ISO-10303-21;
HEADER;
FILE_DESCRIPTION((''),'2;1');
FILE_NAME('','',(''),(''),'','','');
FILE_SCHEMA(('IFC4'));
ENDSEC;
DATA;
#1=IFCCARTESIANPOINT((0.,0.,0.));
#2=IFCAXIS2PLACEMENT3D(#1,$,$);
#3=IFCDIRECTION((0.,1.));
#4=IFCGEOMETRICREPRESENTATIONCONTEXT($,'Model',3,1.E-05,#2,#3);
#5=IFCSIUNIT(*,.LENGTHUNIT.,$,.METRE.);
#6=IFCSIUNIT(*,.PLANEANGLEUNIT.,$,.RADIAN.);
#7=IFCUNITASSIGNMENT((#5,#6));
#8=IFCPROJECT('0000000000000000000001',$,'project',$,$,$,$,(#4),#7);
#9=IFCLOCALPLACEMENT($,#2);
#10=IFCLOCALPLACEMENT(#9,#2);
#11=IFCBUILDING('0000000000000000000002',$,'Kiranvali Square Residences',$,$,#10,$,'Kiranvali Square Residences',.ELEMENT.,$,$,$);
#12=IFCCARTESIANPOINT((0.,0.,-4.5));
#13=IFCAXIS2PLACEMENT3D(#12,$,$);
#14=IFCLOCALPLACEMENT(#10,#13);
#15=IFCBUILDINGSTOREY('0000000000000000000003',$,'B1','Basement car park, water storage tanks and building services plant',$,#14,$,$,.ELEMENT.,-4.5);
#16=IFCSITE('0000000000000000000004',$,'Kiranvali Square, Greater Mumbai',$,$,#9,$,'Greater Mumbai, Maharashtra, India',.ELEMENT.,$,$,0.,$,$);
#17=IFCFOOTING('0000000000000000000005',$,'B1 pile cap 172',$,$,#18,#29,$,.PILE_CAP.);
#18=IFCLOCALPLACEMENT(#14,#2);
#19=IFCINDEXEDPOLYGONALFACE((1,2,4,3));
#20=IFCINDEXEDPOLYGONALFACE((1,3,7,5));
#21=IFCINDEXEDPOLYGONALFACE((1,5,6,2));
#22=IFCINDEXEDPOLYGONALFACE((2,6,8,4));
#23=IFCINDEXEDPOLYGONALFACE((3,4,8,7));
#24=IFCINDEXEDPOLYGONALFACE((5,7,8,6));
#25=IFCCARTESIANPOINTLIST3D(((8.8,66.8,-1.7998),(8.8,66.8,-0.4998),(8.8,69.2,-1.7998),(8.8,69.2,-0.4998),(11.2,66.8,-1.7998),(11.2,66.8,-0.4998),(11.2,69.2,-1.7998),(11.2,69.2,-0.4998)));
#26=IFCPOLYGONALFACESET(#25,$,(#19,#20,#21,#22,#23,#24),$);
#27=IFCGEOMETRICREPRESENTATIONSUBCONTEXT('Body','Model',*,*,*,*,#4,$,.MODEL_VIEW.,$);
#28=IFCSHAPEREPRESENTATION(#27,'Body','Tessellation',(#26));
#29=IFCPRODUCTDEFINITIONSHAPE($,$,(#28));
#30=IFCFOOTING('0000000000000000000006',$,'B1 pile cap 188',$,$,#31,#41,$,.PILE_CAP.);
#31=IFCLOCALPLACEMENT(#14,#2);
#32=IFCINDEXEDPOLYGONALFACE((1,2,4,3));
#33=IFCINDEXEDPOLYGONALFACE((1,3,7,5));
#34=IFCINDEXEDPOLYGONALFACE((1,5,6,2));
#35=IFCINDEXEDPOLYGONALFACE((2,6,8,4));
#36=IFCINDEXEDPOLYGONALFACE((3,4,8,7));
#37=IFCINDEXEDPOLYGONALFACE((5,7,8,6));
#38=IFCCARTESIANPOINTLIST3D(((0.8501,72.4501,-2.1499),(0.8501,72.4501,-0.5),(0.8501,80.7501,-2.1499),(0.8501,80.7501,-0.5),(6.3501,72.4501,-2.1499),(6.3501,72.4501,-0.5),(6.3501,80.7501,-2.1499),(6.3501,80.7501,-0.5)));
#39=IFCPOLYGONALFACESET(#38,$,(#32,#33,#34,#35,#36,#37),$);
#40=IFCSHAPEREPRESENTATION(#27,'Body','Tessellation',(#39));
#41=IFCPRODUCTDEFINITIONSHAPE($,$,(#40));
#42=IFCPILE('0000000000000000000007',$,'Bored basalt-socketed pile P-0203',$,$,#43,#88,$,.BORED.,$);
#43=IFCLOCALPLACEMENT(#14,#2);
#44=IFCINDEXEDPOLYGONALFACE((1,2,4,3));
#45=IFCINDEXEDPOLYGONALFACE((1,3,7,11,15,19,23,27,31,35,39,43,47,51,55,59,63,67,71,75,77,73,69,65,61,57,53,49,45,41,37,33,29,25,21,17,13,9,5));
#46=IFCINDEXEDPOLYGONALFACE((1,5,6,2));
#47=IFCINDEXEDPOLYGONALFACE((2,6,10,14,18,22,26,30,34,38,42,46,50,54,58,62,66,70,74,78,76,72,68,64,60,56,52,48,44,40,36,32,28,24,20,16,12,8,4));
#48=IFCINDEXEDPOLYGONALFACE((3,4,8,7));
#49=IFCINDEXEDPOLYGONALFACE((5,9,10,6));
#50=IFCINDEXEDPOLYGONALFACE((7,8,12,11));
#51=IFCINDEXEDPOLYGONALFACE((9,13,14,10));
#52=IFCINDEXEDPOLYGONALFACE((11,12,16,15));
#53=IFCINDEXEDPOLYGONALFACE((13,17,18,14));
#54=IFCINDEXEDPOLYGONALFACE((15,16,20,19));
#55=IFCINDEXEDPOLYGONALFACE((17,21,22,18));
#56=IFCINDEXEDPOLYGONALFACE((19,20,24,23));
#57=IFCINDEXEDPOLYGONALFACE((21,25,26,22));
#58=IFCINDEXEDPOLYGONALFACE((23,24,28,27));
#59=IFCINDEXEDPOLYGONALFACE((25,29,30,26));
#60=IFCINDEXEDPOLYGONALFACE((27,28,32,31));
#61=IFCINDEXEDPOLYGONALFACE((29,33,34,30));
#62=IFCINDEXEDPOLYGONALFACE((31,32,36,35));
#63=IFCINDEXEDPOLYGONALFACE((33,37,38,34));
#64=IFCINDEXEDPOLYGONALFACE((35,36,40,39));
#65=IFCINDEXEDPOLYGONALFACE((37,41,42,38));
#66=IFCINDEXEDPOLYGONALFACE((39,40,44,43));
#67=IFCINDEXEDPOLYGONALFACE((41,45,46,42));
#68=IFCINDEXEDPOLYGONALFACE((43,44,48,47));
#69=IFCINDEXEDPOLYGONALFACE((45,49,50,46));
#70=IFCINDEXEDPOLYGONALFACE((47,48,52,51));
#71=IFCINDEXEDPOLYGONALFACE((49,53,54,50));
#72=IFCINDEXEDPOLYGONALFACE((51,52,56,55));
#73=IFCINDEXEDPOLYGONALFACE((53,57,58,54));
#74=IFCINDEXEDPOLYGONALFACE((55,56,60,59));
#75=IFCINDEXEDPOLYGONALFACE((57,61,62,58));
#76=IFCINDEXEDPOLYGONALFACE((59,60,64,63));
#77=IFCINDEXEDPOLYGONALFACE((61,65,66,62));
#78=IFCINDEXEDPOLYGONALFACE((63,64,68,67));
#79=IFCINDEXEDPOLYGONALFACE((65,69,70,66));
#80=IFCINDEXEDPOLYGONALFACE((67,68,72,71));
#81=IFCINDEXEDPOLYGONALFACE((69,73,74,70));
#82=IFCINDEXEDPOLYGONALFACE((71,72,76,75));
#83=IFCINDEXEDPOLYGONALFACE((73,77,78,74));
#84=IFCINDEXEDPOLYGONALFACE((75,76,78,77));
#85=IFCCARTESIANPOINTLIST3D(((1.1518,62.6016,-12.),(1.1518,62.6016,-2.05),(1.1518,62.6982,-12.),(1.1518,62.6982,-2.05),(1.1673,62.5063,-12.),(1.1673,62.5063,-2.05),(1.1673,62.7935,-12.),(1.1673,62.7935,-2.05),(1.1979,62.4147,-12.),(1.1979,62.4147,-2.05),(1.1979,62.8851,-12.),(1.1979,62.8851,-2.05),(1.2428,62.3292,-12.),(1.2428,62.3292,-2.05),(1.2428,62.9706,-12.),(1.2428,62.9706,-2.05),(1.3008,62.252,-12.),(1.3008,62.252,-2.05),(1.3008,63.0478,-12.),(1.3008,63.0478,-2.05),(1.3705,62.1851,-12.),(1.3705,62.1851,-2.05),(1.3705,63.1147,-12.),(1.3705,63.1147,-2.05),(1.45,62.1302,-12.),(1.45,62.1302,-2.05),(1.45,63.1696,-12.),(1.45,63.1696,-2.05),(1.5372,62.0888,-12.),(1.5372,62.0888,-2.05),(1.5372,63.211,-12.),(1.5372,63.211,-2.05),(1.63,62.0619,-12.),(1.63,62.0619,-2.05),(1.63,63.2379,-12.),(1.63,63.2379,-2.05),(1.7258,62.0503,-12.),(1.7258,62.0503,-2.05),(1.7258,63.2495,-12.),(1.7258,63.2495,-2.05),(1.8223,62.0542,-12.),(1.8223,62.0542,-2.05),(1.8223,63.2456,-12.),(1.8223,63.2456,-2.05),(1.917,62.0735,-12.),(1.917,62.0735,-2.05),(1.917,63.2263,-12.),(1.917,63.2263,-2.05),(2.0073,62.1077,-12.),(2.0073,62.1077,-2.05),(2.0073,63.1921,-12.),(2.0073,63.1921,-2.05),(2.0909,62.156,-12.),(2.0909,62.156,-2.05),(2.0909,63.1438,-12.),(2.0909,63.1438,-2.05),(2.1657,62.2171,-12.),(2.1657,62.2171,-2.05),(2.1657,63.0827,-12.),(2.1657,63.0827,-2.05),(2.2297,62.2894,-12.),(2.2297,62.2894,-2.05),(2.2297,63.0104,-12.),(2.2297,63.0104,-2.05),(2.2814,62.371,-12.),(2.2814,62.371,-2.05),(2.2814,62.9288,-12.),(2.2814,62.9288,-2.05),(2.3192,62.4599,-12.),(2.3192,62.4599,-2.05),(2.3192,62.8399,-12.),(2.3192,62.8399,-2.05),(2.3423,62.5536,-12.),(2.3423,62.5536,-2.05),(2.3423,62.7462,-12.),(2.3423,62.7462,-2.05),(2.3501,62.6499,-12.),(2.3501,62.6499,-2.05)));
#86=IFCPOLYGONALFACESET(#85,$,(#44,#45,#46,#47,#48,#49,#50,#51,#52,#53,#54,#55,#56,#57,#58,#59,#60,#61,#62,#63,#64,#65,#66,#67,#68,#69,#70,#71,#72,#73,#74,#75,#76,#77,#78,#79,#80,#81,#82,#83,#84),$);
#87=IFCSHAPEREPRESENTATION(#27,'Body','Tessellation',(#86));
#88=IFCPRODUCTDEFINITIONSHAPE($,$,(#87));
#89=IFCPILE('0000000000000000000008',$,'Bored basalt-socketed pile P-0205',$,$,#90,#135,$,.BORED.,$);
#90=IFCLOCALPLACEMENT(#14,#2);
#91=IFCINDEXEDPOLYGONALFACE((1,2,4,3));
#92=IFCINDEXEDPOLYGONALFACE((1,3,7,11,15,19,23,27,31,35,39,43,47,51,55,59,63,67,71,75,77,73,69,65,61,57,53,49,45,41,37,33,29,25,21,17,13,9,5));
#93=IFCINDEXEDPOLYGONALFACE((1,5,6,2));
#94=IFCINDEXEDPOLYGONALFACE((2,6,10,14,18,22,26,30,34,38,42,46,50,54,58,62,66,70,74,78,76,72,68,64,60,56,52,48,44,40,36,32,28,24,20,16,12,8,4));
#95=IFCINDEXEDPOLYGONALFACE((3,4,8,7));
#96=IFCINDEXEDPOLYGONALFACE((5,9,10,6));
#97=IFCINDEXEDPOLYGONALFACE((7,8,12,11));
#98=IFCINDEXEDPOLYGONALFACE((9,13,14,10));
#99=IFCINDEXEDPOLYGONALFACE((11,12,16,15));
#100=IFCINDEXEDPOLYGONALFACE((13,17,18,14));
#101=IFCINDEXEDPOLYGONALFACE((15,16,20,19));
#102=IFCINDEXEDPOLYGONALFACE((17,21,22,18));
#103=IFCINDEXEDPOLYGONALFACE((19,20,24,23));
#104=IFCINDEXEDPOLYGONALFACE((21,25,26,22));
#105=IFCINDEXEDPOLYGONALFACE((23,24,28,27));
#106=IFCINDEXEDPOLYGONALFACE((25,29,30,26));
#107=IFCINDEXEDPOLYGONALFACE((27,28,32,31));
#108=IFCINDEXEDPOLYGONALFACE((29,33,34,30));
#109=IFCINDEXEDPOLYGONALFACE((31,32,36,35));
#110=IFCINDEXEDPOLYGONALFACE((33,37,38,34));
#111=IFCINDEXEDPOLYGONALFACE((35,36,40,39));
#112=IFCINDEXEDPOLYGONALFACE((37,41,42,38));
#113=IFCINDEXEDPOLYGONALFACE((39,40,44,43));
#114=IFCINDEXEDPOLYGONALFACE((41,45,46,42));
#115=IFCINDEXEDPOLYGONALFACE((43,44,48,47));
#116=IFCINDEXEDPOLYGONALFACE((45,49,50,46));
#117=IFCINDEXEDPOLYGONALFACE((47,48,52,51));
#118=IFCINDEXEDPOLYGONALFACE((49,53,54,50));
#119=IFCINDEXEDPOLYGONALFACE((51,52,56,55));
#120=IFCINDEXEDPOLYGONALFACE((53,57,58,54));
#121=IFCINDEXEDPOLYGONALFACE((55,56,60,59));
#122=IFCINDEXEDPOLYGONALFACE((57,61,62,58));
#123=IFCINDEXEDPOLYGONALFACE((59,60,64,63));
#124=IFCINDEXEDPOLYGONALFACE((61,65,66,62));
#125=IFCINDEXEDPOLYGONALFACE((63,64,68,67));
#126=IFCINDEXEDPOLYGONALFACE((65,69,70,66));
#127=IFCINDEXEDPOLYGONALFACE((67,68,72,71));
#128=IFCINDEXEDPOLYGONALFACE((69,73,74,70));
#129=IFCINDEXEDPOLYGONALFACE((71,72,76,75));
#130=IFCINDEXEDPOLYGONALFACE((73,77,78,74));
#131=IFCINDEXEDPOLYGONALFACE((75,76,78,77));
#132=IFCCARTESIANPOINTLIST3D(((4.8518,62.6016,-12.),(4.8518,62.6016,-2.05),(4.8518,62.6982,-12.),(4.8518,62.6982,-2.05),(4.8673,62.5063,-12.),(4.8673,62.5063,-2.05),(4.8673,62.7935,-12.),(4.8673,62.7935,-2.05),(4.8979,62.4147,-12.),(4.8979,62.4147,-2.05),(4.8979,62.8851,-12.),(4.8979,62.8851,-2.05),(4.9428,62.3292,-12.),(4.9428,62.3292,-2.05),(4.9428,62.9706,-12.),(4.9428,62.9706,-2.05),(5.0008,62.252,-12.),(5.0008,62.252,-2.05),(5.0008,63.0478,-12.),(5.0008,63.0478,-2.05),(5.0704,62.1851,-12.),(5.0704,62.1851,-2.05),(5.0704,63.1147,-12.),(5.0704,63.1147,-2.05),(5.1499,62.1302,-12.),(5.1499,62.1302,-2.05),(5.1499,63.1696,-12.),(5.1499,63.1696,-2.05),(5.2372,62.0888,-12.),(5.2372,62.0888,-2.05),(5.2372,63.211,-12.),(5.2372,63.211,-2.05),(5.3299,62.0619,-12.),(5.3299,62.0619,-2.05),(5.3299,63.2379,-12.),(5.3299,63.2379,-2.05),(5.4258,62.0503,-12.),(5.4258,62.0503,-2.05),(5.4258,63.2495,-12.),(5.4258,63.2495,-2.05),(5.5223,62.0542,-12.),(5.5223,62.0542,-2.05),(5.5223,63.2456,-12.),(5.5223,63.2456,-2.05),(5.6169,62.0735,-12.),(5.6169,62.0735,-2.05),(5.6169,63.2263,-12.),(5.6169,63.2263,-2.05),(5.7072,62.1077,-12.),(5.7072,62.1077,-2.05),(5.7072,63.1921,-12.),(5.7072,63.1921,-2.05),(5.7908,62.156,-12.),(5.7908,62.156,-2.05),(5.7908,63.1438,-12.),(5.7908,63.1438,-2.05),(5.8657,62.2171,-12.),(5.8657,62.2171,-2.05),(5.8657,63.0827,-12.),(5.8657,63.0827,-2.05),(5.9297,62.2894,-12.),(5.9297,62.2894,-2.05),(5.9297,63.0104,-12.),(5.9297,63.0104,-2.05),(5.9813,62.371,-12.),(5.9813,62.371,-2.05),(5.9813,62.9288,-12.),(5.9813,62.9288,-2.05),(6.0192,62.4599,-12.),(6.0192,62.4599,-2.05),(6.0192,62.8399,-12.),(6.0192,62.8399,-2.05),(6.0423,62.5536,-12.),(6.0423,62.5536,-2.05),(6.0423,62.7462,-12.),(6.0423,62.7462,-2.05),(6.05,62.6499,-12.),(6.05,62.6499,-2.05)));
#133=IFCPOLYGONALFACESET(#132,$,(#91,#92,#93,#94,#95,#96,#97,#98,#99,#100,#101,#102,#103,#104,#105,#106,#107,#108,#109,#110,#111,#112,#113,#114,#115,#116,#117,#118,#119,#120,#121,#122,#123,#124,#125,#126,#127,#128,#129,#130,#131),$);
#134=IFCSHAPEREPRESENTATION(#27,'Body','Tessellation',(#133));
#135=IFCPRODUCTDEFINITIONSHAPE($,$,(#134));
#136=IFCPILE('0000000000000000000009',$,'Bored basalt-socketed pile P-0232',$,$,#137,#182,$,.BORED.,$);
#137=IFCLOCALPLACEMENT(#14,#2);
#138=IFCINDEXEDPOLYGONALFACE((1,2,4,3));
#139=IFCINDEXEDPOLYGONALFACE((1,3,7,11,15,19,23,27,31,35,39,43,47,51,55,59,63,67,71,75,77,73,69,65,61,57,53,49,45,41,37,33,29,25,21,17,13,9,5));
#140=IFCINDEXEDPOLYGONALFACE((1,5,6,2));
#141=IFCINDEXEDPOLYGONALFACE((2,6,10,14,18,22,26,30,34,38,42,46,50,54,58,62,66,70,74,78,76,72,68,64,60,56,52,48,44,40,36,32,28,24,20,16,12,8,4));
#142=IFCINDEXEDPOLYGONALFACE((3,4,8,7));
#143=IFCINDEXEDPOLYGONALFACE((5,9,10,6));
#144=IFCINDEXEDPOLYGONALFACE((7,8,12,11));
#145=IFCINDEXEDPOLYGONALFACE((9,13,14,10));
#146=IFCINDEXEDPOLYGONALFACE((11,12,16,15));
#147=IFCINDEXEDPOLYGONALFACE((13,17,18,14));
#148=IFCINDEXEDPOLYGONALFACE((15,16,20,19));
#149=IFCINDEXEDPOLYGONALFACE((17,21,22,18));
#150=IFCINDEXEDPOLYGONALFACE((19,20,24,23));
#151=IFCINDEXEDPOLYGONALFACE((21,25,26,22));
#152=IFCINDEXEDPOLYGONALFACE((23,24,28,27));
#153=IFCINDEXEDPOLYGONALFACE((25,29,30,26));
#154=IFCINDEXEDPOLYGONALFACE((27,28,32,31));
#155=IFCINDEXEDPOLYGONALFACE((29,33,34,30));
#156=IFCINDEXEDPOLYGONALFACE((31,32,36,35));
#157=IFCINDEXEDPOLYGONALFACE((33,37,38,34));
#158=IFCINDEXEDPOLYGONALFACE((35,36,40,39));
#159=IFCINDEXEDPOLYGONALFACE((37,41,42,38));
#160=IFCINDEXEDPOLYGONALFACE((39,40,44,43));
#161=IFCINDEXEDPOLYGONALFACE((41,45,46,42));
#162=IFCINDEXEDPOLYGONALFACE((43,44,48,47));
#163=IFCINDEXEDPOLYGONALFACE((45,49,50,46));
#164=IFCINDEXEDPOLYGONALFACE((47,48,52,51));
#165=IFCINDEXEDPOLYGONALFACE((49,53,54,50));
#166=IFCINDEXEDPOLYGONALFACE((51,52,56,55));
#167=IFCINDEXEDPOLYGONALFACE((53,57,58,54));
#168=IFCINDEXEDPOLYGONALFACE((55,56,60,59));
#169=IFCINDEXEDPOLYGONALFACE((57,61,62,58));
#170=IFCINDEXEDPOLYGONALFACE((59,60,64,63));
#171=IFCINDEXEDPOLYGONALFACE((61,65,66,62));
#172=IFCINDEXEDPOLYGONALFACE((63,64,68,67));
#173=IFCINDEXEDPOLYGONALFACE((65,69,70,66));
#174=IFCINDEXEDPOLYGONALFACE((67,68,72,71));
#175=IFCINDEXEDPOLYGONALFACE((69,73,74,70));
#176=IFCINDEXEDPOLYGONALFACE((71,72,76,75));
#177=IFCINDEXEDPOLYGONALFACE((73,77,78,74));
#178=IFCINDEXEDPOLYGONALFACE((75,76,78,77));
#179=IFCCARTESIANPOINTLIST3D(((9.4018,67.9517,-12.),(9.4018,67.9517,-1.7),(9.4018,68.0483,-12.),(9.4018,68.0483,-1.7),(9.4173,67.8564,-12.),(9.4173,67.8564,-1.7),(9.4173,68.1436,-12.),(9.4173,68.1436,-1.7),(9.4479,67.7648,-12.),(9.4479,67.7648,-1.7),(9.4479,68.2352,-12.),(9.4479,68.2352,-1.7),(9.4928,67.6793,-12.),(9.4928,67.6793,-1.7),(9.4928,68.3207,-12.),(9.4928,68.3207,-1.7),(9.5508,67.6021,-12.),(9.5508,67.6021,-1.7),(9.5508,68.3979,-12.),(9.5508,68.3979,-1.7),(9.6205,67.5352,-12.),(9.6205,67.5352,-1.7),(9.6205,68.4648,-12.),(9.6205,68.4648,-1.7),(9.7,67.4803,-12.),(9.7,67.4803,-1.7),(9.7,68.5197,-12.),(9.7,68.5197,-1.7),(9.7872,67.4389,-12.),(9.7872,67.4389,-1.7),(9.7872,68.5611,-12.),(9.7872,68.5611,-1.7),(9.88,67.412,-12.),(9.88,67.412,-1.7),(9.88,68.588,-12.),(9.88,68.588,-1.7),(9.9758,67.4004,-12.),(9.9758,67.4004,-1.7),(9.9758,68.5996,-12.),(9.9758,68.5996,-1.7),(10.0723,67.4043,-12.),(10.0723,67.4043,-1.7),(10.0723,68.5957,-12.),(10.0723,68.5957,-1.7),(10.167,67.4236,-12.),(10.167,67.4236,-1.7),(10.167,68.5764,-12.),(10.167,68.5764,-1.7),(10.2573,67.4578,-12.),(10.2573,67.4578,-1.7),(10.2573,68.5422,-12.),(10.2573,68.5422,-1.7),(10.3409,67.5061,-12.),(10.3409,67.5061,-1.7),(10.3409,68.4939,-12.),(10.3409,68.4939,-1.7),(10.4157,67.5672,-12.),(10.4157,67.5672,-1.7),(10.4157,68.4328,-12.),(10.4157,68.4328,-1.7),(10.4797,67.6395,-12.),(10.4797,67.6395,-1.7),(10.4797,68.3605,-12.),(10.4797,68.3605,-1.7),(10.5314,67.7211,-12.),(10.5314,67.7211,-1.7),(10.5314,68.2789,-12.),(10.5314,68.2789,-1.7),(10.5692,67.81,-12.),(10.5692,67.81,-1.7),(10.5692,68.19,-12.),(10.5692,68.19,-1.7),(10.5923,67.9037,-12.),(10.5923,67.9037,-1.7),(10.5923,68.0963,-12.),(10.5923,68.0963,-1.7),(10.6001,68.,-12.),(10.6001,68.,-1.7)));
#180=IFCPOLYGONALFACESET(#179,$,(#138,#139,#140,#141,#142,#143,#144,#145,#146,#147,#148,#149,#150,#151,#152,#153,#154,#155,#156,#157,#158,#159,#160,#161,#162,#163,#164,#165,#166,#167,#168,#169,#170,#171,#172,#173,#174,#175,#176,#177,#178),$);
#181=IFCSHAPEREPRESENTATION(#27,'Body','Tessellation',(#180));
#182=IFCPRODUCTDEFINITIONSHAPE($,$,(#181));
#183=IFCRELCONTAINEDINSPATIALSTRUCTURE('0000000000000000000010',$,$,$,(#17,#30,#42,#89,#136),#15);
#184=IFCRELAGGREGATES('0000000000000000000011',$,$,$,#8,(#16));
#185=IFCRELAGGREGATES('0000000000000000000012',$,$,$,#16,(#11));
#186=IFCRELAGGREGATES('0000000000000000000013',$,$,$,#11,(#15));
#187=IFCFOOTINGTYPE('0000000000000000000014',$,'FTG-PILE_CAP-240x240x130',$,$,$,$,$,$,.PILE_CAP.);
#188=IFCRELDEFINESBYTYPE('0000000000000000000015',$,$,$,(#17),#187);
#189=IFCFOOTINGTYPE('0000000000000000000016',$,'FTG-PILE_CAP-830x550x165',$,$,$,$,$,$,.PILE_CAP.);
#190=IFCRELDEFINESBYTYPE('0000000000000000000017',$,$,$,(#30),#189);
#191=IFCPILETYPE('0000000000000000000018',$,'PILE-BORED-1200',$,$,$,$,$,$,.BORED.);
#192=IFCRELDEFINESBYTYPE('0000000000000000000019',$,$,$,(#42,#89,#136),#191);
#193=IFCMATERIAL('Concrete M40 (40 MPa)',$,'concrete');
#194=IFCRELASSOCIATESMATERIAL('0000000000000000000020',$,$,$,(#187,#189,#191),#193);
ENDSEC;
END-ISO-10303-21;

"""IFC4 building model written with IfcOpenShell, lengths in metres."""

from ifc_helpers import new_model, si_unit, direction, frame, origin, origin_2d, place, context, subcontext, project, spatial, rectangle, circle, extrude, material, material_profile, profile_set, type_object, element, save


model = new_model("IFC4")

# Units and contexts
model_context = context("Model", 3, precision=1e-05, world=origin(), true_north=direction((0.0, 1.0)))
body_context = subcontext(model_context, "Body", "Model", "MODEL_VIEW")
ifc_project = project(units=[si_unit("LENGTHUNIT", "METRE"), si_unit("PLANEANGLEUNIT", "RADIAN")], contexts=[model_context])

# Site, building, storey
site_placement = place(None, origin())
site = spatial("IfcSite", under=ifc_project, at=site_placement, Name="Kiranvali Square, Greater Mumbai", LongName="Greater Mumbai, Maharashtra, India", CompositionType="ELEMENT", RefElevation=0.0)
building_placement = place(site_placement, origin())
building = spatial("IfcBuilding", under=site, at=building_placement, Name="Kiranvali Square Residences", LongName="Kiranvali Square Residences", CompositionType="ELEMENT")
storey_placement = place(building_placement, frame((0.0, 0.0, -4.5)))
storey = spatial("IfcBuildingStorey", under=building, at=storey_placement, Name="B1", Description="Basement car park, water storage tanks and building services plant", CompositionType="ELEMENT", Elevation=-4.5)

# Footings
ifc_material_1 = material(Name="Concrete M40 (40 MPa)", Category="concrete")
footing_type_1 = type_object("IfcFootingType", Name="FTG-PILE_CAP-240x240x130", PredefinedType="PILE_CAP", material=ifc_material_1)
footing_1_placement = place(storey_placement, frame((10.0, 68.0, -1.7998), z_axis=(0.0, 0.0, 1.0), x_axis=(1.0, 0.0, 0.0)))
element("IfcFooting", 1, at=footing_1_placement, inside=storey, type_object=footing_type_1, Name="B1 pile cap 172", PredefinedType="PILE_CAP", context=body_context, shape_type="SweptSolid", body=[
    extrude(rectangle(XDim=2.3999, YDim=2.3999, at=origin_2d()), origin(), (0.0, 0.0, 1.0), 1.3),
])
footing_type_2 = type_object("IfcFootingType", Name="FTG-PILE_CAP-830x550x165", PredefinedType="PILE_CAP", material=ifc_material_1)
footing_2_placement = place(storey_placement, frame((3.6001, 76.6001, -2.1499), z_axis=(0.0, 0.0, 1.0), x_axis=(0.0, 1.0, 0.0)))
element("IfcFooting", 2, at=footing_2_placement, inside=storey, type_object=footing_type_2, Name="B1 pile cap 188", PredefinedType="PILE_CAP", context=body_context, shape_type="SweptSolid", body=[
    extrude(rectangle(XDim=8.3, YDim=5.5, at=origin_2d()), origin(), (0.0, 0.0, 1.0), 1.6499),
])

# Piles
ifc_material_profile_1 = material_profile(ifc_material_1, circle(Radius=0.6001, at=origin_2d()), Name="BORED PILE 1200")
ifc_profile_set_1 = profile_set([ifc_material_profile_1], Name="Concrete M40 (40 MPa)")
pile_type = type_object("IfcPileType", Name="PILE-BORED-1200", PredefinedType="BORED", material=ifc_profile_set_1)
for number, where, z_axis, x_axis, name in (
    (3, (1.75, 62.6499, -2.05), (0.0, 0.0, -1.0), (1.0, 0.0, 0.0), "Bored basalt-socketed pile P-0203"),
    (4, (5.45, 62.6499, -2.05), (0.0, 0.0, -1.0), (1.0, 0.0, 0.0), "Bored basalt-socketed pile P-0205"),
):
    element("IfcPile", number, at=place(storey_placement, frame(where, z_axis=z_axis, x_axis=x_axis)), inside=storey, type_object=pile_type, Name=name, PredefinedType="BORED", context=body_context, shape_type="SweptSolid", body=[
        extrude(circle(Radius=0.6001, at=origin_2d()), origin(), (0.0, 0.0, 1.0), 9.95),
    ])
pile_placement = place(storey_placement, frame((10.0, 68.0, -1.7), z_axis=(0.0, 0.0, -1.0), x_axis=(1.0, 0.0, 0.0)))
element("IfcPile", 5, at=pile_placement, inside=storey, type_object=pile_type, Name="Bored basalt-socketed pile P-0232", PredefinedType="BORED", context=body_context, shape_type="SweptSolid", body=[
    extrude(circle(Radius=0.6001, at=origin_2d()), origin(), (0.0, 0.0, 1.0), 10.3),
])

save(model, "model.ifc")
